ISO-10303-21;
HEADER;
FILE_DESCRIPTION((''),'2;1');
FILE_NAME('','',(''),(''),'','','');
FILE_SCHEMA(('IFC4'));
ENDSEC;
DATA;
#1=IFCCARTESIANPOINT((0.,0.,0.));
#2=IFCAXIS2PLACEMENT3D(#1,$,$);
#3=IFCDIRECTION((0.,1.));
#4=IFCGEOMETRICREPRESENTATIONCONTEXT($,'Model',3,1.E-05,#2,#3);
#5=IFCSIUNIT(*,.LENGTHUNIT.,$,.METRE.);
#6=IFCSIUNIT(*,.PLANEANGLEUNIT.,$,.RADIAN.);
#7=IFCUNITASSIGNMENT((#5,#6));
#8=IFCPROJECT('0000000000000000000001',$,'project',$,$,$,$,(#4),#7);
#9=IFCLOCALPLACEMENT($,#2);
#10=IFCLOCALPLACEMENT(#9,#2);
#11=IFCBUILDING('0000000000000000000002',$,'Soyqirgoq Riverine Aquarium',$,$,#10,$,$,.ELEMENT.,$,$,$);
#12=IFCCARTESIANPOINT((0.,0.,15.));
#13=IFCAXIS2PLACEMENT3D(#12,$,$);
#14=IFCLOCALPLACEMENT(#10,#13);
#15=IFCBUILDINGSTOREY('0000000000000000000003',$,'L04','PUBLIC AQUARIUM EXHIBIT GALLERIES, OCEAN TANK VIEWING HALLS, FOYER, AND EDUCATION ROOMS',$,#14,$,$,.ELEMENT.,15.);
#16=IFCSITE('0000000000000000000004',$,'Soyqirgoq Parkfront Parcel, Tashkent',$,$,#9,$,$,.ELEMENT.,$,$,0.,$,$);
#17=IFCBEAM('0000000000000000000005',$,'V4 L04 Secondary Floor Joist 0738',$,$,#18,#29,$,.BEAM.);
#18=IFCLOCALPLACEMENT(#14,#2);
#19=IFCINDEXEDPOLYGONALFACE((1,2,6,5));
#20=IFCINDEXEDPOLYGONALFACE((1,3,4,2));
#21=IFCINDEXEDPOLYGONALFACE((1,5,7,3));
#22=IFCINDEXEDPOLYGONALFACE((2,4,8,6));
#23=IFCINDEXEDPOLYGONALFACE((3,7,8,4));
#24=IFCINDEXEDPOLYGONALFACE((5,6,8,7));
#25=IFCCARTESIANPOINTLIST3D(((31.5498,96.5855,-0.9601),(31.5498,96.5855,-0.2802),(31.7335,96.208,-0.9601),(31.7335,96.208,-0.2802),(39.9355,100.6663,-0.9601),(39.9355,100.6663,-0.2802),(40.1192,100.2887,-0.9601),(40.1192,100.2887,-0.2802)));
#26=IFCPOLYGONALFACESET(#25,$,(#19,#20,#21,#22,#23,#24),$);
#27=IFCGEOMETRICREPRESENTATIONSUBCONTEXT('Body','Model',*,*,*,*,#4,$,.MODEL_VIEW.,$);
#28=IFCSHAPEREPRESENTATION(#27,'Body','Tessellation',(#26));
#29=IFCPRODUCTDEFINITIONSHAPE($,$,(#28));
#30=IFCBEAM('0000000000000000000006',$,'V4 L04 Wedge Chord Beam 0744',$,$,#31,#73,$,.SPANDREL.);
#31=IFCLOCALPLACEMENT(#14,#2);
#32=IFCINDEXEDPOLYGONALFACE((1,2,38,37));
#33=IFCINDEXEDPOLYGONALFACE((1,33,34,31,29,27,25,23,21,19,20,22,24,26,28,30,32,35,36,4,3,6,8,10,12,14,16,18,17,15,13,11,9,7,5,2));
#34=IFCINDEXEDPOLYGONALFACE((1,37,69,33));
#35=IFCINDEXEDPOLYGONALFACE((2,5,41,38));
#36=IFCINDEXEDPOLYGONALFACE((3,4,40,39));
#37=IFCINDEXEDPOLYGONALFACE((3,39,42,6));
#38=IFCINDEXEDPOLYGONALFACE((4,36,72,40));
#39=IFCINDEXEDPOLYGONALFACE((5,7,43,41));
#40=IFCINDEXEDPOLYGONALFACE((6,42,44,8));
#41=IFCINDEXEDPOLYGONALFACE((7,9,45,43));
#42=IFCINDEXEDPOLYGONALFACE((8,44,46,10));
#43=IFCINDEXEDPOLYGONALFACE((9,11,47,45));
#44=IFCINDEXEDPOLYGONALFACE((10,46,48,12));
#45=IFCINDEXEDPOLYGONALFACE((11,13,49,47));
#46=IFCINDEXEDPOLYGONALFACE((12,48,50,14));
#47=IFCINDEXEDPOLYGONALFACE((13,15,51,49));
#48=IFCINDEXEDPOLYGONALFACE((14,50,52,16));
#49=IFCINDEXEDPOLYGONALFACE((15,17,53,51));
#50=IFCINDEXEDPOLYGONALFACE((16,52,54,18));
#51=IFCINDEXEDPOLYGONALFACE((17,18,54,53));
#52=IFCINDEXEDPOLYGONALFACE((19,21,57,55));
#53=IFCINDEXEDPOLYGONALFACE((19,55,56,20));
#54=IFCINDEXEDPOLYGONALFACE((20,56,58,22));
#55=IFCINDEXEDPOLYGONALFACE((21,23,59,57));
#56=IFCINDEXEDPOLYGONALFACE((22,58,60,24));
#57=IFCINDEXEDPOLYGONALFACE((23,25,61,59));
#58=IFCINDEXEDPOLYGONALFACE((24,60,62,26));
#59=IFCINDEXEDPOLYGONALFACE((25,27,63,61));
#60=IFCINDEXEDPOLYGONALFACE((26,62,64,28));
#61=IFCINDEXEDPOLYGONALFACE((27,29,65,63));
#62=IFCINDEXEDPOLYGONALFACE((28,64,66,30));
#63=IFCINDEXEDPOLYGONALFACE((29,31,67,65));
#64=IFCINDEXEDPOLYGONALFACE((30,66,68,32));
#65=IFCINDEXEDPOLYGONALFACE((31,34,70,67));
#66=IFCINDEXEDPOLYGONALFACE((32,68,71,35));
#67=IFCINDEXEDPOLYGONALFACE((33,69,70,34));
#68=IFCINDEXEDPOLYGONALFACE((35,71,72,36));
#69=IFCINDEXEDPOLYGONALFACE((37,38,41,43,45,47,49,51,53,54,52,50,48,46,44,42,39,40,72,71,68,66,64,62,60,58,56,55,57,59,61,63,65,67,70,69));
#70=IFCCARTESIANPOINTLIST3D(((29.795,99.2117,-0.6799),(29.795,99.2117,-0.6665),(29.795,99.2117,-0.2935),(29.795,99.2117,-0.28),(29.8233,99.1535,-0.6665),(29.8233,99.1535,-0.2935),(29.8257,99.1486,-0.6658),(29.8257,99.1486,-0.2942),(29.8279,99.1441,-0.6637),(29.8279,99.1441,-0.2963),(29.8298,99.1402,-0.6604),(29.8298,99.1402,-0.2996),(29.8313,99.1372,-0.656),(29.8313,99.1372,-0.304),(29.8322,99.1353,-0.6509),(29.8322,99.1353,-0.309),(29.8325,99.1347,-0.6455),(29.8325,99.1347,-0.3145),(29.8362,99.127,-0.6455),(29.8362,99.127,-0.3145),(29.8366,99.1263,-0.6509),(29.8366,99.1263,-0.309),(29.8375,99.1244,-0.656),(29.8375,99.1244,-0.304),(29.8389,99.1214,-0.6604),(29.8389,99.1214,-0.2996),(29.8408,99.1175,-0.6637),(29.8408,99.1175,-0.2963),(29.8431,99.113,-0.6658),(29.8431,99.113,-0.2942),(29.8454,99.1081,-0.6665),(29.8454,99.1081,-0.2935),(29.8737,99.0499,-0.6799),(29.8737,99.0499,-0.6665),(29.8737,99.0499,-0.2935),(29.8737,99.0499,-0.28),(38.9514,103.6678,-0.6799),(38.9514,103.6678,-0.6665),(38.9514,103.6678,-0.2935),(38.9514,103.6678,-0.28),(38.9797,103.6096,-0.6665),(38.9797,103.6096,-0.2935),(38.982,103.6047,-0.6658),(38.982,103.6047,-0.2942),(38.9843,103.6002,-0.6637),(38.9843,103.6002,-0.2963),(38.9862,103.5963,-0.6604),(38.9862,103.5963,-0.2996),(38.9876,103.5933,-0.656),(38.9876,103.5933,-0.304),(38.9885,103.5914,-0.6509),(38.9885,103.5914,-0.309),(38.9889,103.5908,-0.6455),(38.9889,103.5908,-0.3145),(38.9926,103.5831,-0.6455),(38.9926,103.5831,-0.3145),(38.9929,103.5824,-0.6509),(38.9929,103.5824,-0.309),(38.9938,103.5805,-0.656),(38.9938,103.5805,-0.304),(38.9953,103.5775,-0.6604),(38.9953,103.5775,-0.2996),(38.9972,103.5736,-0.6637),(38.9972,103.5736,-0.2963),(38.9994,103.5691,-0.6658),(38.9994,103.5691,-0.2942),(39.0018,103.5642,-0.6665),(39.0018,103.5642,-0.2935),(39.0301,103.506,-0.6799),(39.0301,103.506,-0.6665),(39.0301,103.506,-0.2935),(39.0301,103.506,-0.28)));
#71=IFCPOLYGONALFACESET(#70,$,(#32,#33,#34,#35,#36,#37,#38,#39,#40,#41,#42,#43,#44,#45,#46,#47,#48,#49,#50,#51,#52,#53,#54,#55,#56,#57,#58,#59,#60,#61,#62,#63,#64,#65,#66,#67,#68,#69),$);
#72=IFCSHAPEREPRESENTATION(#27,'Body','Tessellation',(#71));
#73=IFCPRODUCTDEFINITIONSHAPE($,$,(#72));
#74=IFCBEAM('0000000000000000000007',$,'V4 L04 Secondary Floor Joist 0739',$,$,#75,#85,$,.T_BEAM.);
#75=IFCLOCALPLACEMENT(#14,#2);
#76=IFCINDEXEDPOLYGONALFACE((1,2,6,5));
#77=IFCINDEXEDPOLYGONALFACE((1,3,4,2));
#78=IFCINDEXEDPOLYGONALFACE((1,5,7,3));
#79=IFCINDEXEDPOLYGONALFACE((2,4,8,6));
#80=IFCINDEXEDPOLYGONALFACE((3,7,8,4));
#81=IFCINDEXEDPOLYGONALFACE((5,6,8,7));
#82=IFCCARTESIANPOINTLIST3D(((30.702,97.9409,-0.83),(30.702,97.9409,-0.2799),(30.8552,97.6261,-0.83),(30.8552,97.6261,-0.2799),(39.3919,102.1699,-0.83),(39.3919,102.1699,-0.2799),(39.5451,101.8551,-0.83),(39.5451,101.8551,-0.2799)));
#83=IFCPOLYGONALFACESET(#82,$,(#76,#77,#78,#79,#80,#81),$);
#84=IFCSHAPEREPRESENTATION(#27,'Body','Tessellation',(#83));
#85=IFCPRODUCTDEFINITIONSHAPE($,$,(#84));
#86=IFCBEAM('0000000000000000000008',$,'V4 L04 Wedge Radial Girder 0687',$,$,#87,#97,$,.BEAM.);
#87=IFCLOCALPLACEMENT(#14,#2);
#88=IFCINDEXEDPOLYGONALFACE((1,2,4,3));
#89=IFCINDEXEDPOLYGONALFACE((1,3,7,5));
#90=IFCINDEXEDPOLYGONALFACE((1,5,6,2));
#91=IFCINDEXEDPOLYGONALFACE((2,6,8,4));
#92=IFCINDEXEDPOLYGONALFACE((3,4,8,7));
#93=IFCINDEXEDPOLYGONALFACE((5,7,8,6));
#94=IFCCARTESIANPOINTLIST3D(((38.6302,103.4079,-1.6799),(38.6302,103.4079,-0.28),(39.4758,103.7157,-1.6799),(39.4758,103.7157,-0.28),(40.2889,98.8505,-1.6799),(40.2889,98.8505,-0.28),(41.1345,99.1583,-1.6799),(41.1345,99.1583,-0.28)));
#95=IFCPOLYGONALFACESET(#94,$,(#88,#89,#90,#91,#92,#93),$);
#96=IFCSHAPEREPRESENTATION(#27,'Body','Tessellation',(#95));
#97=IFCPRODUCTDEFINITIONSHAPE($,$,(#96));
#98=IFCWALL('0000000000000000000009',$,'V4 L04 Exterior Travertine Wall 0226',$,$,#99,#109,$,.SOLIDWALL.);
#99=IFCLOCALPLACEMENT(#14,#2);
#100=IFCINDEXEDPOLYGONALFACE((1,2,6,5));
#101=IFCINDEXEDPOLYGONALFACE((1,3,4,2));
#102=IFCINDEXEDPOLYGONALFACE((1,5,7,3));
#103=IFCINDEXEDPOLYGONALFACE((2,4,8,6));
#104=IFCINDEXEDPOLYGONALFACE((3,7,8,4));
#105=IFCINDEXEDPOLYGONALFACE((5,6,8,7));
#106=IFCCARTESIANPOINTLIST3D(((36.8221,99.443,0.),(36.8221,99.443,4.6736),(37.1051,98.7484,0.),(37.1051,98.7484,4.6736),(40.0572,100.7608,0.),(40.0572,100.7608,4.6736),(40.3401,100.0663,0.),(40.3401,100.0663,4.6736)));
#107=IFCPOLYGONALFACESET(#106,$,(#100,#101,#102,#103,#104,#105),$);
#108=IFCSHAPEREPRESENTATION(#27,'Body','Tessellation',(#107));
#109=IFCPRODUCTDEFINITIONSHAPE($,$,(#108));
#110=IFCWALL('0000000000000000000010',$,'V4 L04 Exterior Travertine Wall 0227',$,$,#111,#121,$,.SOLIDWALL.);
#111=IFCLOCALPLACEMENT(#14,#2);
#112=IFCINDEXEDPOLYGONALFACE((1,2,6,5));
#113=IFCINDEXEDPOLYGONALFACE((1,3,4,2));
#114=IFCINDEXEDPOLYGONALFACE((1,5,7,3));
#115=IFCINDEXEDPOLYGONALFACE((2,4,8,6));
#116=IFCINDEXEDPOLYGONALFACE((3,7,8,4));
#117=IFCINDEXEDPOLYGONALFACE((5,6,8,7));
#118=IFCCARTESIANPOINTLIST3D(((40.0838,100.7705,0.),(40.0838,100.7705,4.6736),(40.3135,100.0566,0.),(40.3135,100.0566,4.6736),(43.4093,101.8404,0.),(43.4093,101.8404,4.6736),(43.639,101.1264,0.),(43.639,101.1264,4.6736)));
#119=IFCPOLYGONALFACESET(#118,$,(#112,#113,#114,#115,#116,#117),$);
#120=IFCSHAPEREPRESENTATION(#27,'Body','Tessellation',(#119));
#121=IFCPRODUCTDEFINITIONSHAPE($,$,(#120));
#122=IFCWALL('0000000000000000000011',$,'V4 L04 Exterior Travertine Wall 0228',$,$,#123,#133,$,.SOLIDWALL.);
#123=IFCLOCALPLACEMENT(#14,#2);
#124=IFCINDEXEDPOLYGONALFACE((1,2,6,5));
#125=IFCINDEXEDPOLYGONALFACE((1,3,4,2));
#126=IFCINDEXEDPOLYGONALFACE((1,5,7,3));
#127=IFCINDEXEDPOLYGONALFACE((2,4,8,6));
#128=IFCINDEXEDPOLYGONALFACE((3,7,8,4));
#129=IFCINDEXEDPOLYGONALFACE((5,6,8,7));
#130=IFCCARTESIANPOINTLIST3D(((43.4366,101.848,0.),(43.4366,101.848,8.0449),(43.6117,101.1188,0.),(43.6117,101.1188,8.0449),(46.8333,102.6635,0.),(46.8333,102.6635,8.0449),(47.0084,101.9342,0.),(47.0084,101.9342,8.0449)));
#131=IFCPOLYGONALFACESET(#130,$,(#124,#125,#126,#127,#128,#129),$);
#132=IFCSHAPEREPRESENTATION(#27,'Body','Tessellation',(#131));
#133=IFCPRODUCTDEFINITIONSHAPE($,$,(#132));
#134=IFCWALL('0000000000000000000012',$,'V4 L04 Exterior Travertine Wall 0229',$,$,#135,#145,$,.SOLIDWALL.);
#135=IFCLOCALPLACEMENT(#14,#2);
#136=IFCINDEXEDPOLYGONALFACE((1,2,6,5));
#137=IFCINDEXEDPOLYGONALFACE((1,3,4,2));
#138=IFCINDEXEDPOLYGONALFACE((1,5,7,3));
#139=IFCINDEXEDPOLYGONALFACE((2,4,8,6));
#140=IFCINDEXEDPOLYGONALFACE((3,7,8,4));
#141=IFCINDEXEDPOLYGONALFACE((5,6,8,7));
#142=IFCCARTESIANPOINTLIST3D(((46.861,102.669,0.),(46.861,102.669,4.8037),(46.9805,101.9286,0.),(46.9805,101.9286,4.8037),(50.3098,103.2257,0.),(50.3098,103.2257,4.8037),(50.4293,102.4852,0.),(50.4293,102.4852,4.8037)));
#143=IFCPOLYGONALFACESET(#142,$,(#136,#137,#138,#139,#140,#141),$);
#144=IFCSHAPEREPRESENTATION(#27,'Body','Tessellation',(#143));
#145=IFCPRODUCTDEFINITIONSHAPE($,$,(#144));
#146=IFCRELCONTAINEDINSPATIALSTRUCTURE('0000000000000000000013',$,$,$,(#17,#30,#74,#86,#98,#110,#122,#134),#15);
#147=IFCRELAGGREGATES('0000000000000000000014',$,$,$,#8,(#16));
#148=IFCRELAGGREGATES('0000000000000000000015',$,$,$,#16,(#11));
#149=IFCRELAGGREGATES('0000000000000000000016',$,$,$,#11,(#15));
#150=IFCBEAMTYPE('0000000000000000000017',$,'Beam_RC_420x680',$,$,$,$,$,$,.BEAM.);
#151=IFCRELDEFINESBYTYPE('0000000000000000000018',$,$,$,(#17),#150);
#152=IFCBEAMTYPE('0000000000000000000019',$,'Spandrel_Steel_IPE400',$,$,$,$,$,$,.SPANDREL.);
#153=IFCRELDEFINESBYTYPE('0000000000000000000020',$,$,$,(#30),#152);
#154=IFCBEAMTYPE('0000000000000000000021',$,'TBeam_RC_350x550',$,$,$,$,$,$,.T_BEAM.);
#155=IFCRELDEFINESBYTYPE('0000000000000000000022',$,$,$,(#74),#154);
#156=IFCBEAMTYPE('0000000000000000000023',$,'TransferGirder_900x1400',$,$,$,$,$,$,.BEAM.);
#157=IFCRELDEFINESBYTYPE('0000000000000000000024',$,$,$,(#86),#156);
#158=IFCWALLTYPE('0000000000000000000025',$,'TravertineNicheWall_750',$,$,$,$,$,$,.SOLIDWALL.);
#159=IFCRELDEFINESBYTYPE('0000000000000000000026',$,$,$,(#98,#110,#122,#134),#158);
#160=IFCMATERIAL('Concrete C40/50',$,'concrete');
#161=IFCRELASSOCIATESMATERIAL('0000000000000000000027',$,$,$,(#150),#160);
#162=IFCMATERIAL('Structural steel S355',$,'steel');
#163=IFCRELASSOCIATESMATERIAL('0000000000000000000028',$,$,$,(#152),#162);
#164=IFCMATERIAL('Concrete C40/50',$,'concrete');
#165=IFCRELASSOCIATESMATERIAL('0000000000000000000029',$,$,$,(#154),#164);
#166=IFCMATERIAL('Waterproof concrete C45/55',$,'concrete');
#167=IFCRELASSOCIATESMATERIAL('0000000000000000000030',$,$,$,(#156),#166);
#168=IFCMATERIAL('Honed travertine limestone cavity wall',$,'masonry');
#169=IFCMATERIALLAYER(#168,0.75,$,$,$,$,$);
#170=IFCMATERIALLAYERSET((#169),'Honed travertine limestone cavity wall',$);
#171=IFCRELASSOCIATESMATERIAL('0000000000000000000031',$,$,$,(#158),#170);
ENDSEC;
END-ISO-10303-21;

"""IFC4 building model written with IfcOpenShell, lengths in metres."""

from ifc_helpers import new_model, si_unit, direction, frame, frame_2d, origin, origin_2d, place, context, subcontext, project, spatial, rectangle, i_section, extrude, material, layer, layer_set, material_profile, profile_set, type_object, element, save


model = new_model("IFC4")

# Units and contexts
model_context = context("Model", 3, precision=1e-05, world=origin(), true_north=direction((0.0, 1.0)))
body_context = subcontext(model_context, "Body", "Model", "MODEL_VIEW")
ifc_project = project(units=[si_unit("LENGTHUNIT", "METRE"), si_unit("PLANEANGLEUNIT", "RADIAN")], contexts=[model_context])

# Site, building, storey
site_placement = place(None, origin())
site = spatial("IfcSite", under=ifc_project, at=site_placement, Name="Soyqirgoq Parkfront Parcel, Tashkent", CompositionType="ELEMENT", RefElevation=0.0)
building_placement = place(site_placement, origin())
building = spatial("IfcBuilding", under=site, at=building_placement, Name="Soyqirgoq Riverine Aquarium", CompositionType="ELEMENT")
storey_placement = place(building_placement, frame((0.0, 0.0, 15.0)))
storey = spatial("IfcBuildingStorey", under=building, at=storey_placement, Name="L04", Description="PUBLIC AQUARIUM EXHIBIT GALLERIES, OCEAN TANK VIEWING HALLS, FOYER, AND EDUCATION ROOMS", CompositionType="ELEMENT", Elevation=15.0)

# Beams
ifc_material_1 = material(Name="Concrete C40/50", Category="concrete")
ifc_material_profile_1 = material_profile(ifc_material_1, rectangle(XDim=0.4199, YDim=0.6799, at=origin_2d()), Name="RC 420x680")
ifc_profile_set_1 = profile_set([ifc_material_profile_1], Name="Concrete C40/50")
beam_type_1 = type_object("IfcBeamType", Name="Beam_RC_420x680", PredefinedType="BEAM", material=ifc_profile_set_1)
beam_1_placement = place(storey_placement, frame((40.0273, 100.4775, -0.6201), z_axis=(-0.899182, -0.437575, 0.0), x_axis=(0.437575, -0.899182, 0.0)))
element("IfcBeam", 1, at=beam_1_placement, inside=storey, type_object=beam_type_1, Name="V4 L04 Secondary Floor Joist 0738", PredefinedType="BEAM", context=body_context, shape_type="SweptSolid", body=[
    extrude(rectangle(XDim=0.4199, YDim=0.6799, at=origin_2d()), origin(), (0.0, 0.0, 1.0), 9.3259),
])
ifc_material_2 = material(Name="Structural steel S355", Category="steel")
ifc_material_profile_2 = material_profile(ifc_material_2, i_section(OverallWidth=0.1799, OverallDepth=0.3999, WebThickness=0.0085, FlangeThickness=0.0134, FilletRadius=0.021, at=origin_2d()), Name="IPE 400")
ifc_profile_set_2 = profile_set([ifc_material_profile_2], Name="Structural steel S355")
beam_type_2 = type_object("IfcBeamType", Name="Spandrel_Steel_IPE400", PredefinedType="SPANDREL", material=ifc_profile_set_2)
beam_2_placement = place(storey_placement, frame((38.9907, 103.5869, -0.48), z_axis=(-0.899171, -0.437598, 0.0), x_axis=(0.437598, -0.899171, 0.0)))
element("IfcBeam", 2, at=beam_2_placement, inside=storey, type_object=beam_type_2, Name="V4 L04 Wedge Chord Beam 0744", PredefinedType="SPANDREL", context=body_context, shape_type="SweptSolid", body=[
    extrude(i_section(OverallWidth=0.1799, OverallDepth=0.3999, WebThickness=0.0085, FlangeThickness=0.0134, FilletRadius=0.021, at=origin_2d()), origin(), (0.0, 0.0, 1.0), 10.1831),
])
ifc_material_3 = material(Name="Concrete C40/50", Category="concrete")
ifc_material_profile_3 = material_profile(ifc_material_3, rectangle(XDim=0.3501, YDim=0.55, at=origin_2d()), Name="RC 350x550")
ifc_profile_set_3 = profile_set([ifc_material_profile_3], Name="Concrete C40/50")
beam_type_3 = type_object("IfcBeamType", Name="TBeam_RC_350x550", PredefinedType="T_BEAM", material=ifc_profile_set_3)
beam_3_placement = place(storey_placement, frame((39.4685, 102.0125, -0.5549), z_axis=(-0.899175, -0.437588, 0.0), x_axis=(0.437588, -0.899175, 0.0)))
element("IfcBeam", 3, at=beam_3_placement, inside=storey, type_object=beam_type_3, Name="V4 L04 Secondary Floor Joist 0739", PredefinedType="T_BEAM", context=body_context, shape_type="SweptSolid", body=[
    extrude(rectangle(XDim=0.3501, YDim=0.55, at=origin_2d()), origin(), (0.0, 0.0, 1.0), 9.6643),
])
ifc_material_4 = material(Name="Waterproof concrete C45/55", Category="concrete")
ifc_material_profile_4 = material_profile(ifc_material_4, rectangle(XDim=0.8999, YDim=1.3999, at=origin_2d()), Name="RC 900x1400")
ifc_profile_set_4 = profile_set([ifc_material_profile_4], Name="Waterproof concrete C45/55")
beam_type_4 = type_object("IfcBeamType", Name="TransferGirder_900x1400", PredefinedType="BEAM", material=ifc_profile_set_4)
beam_4_placement = place(storey_placement, frame((40.7117, 99.0044, -0.98), z_axis=(-0.34201, 0.939696, 0.0), x_axis=(-0.939696, -0.34201, 0.0)))
element("IfcBeam", 4, at=beam_4_placement, inside=storey, type_object=beam_type_4, Name="V4 L04 Wedge Radial Girder 0687", PredefinedType="BEAM", context=body_context, shape_type="SweptSolid", body=[
    extrude(rectangle(XDim=0.8999, YDim=1.3999, at=origin_2d()), origin(), (0.0, 0.0, 1.0), 4.8499),
])

# Walls
ifc_material_5 = material(Name="Honed travertine limestone cavity wall", Category="masonry")
ifc_layer = layer(ifc_material_5, 0.75)
ifc_layer_set = layer_set([ifc_layer], Name="Honed travertine limestone cavity wall")
wall_type = type_object("IfcWallType", Name="TravertineNicheWall_750", PredefinedType="SOLIDWALL", material=ifc_layer_set)
wall_1_placement = place(storey_placement, frame((36.9636, 99.0957, 0.0), z_axis=(0.0, 0.0, 1.0), x_axis=(0.926106, 0.377264, 0.0)))
element("IfcWall", 5, at=wall_1_placement, inside=storey, type_object=wall_type, Name="V4 L04 Exterior Travertine Wall 0226", PredefinedType="SOLIDWALL", context=body_context, shape_type="SweptSolid", body=[
    extrude(rectangle(XDim=3.4932, YDim=0.75, at=frame_2d((1.7466, 0.0))), origin(), (0.0, 0.0, 1.0), 4.6736),
])
wall_2_placement = place(storey_placement, frame((40.1987, 100.4136, 0.0), z_axis=(0.0, 0.0, 1.0), x_axis=(0.951951, 0.306251, 0.0)))
element("IfcWall", 6, at=wall_2_placement, inside=storey, type_object=wall_type, Name="V4 L04 Exterior Travertine Wall 0227", PredefinedType="SOLIDWALL", context=body_context, shape_type="SweptSolid", body=[
    extrude(rectangle(XDim=3.4934, YDim=0.75, at=frame_2d((1.7466, 0.0))), origin(), (0.0, 0.0, 1.0), 4.6736),
])
wall_3_placement = place(storey_placement, frame((43.5242, 101.4834, 0.0), z_axis=(0.0, 0.0, 1.0), x_axis=(0.972373, 0.233431, 0.0)))
element("IfcWall", 7, at=wall_3_placement, inside=storey, type_object=wall_type, Name="V4 L04 Exterior Travertine Wall 0228", PredefinedType="SOLIDWALL", context=body_context, shape_type="SweptSolid", body=[
    extrude(rectangle(XDim=3.4932, YDim=0.75, at=frame_2d((1.7466, 0.0))), origin(), (0.0, 0.0, 1.0), 8.0449),
])
wall_4_placement = place(storey_placement, frame((46.9209, 102.2988, 0.0), z_axis=(0.0, 0.0, 1.0), x_axis=(0.987223, 0.159342, 0.0)))
element("IfcWall", 8, at=wall_4_placement, inside=storey, type_object=wall_type, Name="V4 L04 Exterior Travertine Wall 0229", PredefinedType="SOLIDWALL", context=body_context, shape_type="SweptSolid", body=[
    extrude(rectangle(XDim=3.4934, YDim=0.75, at=frame_2d((1.7466, 0.0))), origin(), (0.0, 0.0, 1.0), 4.8037),
])

save(model, "model.ifc")
